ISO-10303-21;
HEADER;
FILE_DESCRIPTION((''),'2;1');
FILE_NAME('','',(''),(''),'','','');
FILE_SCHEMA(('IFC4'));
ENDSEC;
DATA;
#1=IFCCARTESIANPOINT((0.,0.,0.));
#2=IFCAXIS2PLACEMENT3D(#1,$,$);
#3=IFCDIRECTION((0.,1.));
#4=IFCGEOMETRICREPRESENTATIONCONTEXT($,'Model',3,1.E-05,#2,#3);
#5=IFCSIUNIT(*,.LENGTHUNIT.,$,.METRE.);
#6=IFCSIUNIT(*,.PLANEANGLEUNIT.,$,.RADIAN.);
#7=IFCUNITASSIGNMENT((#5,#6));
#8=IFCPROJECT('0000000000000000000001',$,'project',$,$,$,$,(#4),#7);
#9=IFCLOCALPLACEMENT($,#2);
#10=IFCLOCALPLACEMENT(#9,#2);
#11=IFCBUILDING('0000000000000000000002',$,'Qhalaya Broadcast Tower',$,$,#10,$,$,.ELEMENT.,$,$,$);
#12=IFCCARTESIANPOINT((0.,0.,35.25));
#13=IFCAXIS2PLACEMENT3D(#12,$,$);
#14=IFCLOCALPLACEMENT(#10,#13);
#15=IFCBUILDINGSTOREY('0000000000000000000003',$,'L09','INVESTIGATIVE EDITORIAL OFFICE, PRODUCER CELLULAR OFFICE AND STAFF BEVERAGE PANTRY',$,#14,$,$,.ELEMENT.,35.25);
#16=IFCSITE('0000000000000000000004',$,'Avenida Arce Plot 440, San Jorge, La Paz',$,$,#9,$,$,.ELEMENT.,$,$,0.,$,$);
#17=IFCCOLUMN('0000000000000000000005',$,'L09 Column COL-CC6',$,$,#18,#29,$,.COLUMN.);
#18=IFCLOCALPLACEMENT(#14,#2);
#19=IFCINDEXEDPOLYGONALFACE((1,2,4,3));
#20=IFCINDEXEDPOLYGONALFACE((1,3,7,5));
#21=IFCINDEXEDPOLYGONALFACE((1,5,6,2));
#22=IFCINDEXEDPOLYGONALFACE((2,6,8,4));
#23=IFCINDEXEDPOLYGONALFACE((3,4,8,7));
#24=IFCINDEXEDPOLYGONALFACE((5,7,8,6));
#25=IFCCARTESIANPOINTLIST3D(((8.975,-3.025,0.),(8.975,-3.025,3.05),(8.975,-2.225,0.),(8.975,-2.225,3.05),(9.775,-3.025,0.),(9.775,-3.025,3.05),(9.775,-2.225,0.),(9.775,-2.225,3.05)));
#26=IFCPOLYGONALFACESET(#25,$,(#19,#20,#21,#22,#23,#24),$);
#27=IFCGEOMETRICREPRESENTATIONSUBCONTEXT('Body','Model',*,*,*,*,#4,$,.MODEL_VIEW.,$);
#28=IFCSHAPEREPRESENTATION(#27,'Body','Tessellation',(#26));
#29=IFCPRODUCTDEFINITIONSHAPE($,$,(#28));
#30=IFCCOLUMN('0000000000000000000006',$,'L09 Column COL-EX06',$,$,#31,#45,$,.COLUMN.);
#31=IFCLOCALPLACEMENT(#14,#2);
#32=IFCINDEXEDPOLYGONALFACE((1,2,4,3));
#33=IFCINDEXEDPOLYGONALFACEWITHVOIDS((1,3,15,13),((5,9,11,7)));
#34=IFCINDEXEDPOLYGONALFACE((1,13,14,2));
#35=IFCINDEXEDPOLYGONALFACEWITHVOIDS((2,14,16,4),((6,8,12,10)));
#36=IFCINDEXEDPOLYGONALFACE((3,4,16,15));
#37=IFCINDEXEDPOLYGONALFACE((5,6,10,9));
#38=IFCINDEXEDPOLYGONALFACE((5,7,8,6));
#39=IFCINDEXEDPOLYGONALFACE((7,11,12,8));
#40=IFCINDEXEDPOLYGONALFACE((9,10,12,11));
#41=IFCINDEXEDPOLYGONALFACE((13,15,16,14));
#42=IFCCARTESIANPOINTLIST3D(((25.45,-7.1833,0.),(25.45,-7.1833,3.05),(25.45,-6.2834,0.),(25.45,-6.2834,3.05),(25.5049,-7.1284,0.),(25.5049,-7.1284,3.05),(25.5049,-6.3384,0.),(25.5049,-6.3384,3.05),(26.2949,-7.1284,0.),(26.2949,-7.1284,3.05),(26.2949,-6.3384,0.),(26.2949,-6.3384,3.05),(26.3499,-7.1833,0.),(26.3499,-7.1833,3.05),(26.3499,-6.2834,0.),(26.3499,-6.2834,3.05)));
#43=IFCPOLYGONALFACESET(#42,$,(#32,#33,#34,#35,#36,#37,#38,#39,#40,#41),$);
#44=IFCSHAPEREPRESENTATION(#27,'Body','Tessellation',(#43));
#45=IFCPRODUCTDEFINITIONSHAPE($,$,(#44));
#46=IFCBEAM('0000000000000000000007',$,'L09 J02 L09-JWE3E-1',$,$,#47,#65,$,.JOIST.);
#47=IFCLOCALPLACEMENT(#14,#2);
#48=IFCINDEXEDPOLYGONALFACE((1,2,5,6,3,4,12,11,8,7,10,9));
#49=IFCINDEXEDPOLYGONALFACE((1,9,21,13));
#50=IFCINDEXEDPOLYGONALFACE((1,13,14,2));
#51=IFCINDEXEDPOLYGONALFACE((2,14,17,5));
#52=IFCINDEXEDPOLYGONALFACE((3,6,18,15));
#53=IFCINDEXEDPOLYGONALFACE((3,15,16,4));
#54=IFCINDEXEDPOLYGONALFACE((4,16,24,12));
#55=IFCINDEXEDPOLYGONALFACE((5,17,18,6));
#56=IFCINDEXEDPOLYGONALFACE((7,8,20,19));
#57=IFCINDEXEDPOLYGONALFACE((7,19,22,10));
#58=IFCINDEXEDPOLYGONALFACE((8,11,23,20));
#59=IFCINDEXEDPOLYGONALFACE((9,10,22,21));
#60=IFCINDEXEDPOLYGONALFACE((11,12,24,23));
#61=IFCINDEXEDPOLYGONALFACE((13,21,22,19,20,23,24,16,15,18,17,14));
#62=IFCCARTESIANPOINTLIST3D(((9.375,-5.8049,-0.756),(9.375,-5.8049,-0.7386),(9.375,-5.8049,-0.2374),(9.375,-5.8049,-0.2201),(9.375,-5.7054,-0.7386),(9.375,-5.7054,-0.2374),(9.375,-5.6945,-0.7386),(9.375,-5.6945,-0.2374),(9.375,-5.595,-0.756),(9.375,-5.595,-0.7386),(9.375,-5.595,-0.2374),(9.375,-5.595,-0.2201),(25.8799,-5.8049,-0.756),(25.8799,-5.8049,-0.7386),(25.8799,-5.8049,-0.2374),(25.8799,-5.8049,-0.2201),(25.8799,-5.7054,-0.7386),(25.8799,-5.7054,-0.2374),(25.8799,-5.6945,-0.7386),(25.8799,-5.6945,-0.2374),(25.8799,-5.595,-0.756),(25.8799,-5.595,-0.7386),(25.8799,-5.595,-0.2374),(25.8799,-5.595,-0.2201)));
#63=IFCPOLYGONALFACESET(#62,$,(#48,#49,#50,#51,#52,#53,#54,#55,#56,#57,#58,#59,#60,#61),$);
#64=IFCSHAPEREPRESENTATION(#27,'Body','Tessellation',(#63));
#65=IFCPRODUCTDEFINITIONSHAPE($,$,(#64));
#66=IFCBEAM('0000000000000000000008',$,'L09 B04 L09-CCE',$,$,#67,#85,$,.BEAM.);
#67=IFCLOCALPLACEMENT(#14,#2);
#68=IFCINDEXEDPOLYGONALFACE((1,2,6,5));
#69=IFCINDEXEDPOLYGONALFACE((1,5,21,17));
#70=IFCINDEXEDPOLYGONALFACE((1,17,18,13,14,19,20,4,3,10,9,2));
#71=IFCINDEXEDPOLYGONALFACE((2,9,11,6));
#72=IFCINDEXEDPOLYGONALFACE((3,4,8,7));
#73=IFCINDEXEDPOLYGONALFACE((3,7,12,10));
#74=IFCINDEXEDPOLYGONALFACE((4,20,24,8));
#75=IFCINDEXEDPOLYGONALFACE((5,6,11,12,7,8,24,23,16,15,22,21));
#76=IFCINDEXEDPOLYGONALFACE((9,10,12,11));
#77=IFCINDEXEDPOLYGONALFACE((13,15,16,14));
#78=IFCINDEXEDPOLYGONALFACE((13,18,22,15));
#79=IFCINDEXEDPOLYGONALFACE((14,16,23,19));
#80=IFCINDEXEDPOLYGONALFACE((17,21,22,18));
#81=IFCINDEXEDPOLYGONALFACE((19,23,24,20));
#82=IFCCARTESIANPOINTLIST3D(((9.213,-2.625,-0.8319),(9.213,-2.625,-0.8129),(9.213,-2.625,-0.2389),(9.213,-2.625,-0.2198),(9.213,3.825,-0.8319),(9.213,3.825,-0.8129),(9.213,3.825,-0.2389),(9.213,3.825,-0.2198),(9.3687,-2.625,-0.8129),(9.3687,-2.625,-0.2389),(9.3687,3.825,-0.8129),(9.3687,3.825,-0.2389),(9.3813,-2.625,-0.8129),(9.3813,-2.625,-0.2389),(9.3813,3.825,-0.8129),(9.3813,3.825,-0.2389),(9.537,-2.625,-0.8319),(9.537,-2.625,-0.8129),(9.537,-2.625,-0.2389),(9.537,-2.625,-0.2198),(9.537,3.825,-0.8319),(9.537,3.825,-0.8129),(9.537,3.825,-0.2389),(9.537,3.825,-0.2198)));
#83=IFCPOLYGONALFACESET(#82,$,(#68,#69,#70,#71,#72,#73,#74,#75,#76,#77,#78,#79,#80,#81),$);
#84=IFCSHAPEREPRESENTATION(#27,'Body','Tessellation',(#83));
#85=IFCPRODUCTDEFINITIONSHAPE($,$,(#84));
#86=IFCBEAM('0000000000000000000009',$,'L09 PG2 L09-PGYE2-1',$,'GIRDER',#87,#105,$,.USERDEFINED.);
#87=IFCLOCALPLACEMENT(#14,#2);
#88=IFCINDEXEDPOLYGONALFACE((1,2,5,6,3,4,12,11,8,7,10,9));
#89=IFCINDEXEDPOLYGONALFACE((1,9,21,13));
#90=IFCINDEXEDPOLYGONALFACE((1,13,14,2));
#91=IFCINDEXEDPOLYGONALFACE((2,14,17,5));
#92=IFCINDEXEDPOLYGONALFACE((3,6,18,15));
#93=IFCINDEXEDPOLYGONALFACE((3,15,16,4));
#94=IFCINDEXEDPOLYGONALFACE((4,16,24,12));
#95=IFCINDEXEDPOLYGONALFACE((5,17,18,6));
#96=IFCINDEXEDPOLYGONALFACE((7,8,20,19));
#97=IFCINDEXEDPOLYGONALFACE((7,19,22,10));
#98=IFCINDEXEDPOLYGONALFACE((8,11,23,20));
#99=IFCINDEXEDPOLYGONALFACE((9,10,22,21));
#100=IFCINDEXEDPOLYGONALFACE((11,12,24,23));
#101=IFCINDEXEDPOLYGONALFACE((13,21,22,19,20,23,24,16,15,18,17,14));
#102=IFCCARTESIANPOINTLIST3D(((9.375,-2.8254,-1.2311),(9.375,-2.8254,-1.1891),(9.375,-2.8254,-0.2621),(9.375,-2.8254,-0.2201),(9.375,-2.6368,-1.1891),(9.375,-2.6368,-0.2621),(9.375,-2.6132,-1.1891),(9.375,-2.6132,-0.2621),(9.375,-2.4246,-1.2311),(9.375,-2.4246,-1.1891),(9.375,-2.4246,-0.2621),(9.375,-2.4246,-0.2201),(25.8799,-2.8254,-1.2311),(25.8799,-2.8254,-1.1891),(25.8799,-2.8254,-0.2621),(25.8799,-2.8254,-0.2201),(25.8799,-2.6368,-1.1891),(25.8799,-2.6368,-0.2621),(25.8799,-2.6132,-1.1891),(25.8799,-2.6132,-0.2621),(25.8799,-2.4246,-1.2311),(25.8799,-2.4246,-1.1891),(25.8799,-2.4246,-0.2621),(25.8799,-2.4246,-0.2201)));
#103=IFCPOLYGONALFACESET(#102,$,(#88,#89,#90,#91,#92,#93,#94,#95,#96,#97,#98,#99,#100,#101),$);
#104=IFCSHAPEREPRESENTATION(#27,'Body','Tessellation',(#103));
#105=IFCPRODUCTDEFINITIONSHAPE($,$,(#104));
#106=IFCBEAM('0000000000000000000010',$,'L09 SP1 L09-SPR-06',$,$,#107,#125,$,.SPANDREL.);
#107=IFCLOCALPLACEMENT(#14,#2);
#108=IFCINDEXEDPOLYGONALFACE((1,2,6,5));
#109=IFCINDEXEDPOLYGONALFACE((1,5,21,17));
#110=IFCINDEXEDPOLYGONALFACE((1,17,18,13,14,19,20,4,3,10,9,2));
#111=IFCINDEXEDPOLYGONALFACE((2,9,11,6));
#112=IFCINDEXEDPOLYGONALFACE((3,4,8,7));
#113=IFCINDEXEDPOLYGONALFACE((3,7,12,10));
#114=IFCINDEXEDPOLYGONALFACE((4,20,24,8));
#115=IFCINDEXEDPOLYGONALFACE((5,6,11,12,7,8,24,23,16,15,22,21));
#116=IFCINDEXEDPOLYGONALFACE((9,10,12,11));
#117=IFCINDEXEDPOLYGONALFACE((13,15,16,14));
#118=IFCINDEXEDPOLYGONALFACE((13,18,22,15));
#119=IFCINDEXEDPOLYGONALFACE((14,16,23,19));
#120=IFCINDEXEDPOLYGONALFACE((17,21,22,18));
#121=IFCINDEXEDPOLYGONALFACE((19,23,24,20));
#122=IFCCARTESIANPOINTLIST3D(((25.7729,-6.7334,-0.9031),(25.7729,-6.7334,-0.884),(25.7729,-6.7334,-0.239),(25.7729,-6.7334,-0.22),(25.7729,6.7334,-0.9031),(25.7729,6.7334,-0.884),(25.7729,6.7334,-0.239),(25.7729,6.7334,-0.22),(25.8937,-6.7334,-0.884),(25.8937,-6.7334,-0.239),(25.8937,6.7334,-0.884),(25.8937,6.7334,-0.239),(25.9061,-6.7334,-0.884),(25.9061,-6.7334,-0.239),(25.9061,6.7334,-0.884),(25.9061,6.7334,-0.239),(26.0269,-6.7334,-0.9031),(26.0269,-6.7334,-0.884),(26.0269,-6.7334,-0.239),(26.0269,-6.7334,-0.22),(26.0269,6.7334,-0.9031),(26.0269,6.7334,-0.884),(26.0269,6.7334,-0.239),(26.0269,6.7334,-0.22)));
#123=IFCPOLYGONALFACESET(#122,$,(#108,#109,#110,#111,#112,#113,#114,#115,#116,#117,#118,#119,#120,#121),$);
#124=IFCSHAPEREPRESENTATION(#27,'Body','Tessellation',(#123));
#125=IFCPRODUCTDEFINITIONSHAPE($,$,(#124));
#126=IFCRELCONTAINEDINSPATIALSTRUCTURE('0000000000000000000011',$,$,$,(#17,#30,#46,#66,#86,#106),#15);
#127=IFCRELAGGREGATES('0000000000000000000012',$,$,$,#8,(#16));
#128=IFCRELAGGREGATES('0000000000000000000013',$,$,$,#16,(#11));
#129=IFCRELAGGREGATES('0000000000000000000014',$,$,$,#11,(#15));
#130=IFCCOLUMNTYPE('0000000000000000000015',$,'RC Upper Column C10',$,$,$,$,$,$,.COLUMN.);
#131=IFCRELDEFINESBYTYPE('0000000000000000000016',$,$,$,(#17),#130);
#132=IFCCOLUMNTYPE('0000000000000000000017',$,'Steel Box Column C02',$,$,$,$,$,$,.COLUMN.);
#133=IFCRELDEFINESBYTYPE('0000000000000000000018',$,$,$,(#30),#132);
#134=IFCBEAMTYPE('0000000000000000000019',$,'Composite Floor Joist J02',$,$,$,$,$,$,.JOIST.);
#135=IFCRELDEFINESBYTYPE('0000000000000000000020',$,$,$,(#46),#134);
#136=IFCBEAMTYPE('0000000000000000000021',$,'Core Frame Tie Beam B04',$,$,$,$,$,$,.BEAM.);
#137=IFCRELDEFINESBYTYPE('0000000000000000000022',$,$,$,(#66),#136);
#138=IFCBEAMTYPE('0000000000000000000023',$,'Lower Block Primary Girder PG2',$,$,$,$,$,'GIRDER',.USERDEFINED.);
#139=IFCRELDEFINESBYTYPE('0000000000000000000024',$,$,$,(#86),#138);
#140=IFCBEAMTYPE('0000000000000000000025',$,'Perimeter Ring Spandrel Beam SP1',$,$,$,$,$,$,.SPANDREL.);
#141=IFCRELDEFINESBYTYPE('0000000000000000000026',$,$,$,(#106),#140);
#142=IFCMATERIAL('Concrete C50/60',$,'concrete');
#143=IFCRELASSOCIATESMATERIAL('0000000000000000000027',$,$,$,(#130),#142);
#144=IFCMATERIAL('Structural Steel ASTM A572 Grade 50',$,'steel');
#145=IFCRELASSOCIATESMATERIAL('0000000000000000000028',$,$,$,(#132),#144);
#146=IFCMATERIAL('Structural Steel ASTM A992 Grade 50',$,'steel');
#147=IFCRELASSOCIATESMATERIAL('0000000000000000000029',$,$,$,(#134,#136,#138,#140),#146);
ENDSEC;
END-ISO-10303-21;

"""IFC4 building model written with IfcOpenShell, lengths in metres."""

from ifc_helpers import new_model, si_unit, direction, frame, origin, origin_2d, place, context, subcontext, project, spatial, rectangle, hollow_rectangle, i_section, extrude, material, material_profile, profile_set, type_object, element, save


model = new_model("IFC4")

# Units and contexts
model_context = context("Model", 3, precision=1e-05, world=origin(), true_north=direction((0.0, 1.0)))
body_context = subcontext(model_context, "Body", "Model", "MODEL_VIEW")
ifc_project = project(units=[si_unit("LENGTHUNIT", "METRE"), si_unit("PLANEANGLEUNIT", "RADIAN")], contexts=[model_context])

# Site, building, storey
site_placement = place(None, origin())
site = spatial("IfcSite", under=ifc_project, at=site_placement, Name="Avenida Arce Plot 440, San Jorge, La Paz", CompositionType="ELEMENT", RefElevation=0.0)
building_placement = place(site_placement, origin())
building = spatial("IfcBuilding", under=site, at=building_placement, Name="Qhalaya Broadcast Tower", CompositionType="ELEMENT")
storey_placement = place(building_placement, frame((0.0, 0.0, 35.25)))
storey = spatial("IfcBuildingStorey", under=building, at=storey_placement, Name="L09", Description="INVESTIGATIVE EDITORIAL OFFICE, PRODUCER CELLULAR OFFICE AND STAFF BEVERAGE PANTRY", CompositionType="ELEMENT", Elevation=35.25)

# Columns
ifc_material_1 = material(Name="Concrete C50/60", Category="concrete")
ifc_material_profile_1 = material_profile(ifc_material_1, rectangle(XDim=0.8, YDim=0.8, at=origin_2d()), Name="RC-COL 800x800")
ifc_profile_set_1 = profile_set([ifc_material_profile_1], Name="Concrete C50/60")
column_type_1 = type_object("IfcColumnType", Name="RC Upper Column C10", PredefinedType="COLUMN", material=ifc_profile_set_1)
column_1_placement = place(storey_placement, frame((9.375, -2.625, 0.0), z_axis=(0.0, 0.0, 1.0), x_axis=(1.0, 0.0, 0.0)))
element("IfcColumn", 1, at=column_1_placement, inside=storey, type_object=column_type_1, Name="L09 Column COL-CC6", PredefinedType="COLUMN", context=body_context, shape_type="SweptSolid", body=[
    extrude(rectangle(XDim=0.8, YDim=0.8, at=origin_2d()), origin(), (0.0, 0.0, 1.0), 3.05),
])
ifc_material_2 = material(Name="Structural Steel ASTM A572 Grade 50", Category="steel")
ifc_material_profile_2 = material_profile(ifc_material_2, hollow_rectangle(XDim=0.8999, YDim=0.8999, WallThickness=0.0549, at=origin_2d()), Name="BOX 900x900x55")
ifc_profile_set_2 = profile_set([ifc_material_profile_2], Name="Structural Steel ASTM A572 Grade 50")
column_type_2 = type_object("IfcColumnType", Name="Steel Box Column C02", PredefinedType="COLUMN", material=ifc_profile_set_2)
column_2_placement = place(storey_placement, frame((25.8999, -6.7334, 0.0), z_axis=(0.0, 0.0, 1.0), x_axis=(0.0, 1.0, 0.0)))
element("IfcColumn", 2, at=column_2_placement, inside=storey, type_object=column_type_2, Name="L09 Column COL-EX06", PredefinedType="COLUMN", context=body_context, shape_type="SweptSolid", body=[
    extrude(hollow_rectangle(XDim=0.8999, YDim=0.8999, WallThickness=0.0549, at=origin_2d()), origin(), (0.0, 0.0, 1.0), 3.05),
])

# Beams
ifc_material_3 = material(Name="Structural Steel ASTM A992 Grade 50", Category="steel")
ifc_material_profile_3 = material_profile(ifc_material_3, i_section(OverallWidth=0.21, OverallDepth=0.5359, WebThickness=0.011, FlangeThickness=0.0173, at=origin_2d()), Name="W21X68")
ifc_profile_set_3 = profile_set([ifc_material_profile_3], Name="Structural Steel ASTM A992 Grade 50")
beam_type_1 = type_object("IfcBeamType", Name="Composite Floor Joist J02", PredefinedType="JOIST", material=ifc_profile_set_3)
beam_1_placement = place(storey_placement, frame((9.375, -5.7, -0.488), z_axis=(1.0, 0.0, 0.0), x_axis=(0.0, 1.0, 0.0)))
element("IfcBeam", 3, at=beam_1_placement, inside=storey, type_object=beam_type_1, Name="L09 J02 L09-JWE3E-1", PredefinedType="JOIST", context=body_context, shape_type="SweptSolid", body=[
    extrude(i_section(OverallWidth=0.21, OverallDepth=0.5359, WebThickness=0.011, FlangeThickness=0.0173, at=origin_2d()), origin(), (0.0, 0.0, 1.0), 16.5049),
])
ifc_material_profile_4 = material_profile(ifc_material_3, i_section(OverallWidth=0.324, OverallDepth=0.6121, WebThickness=0.0127, FlangeThickness=0.019, at=origin_2d()), Name="W24X104")
ifc_profile_set_4 = profile_set([ifc_material_profile_4], Name="Structural Steel ASTM A992 Grade 50")
beam_type_2 = type_object("IfcBeamType", Name="Core Frame Tie Beam B04", PredefinedType="BEAM", material=ifc_profile_set_4)
beam_2_placement = place(storey_placement, frame((9.375, -2.625, -0.5259), z_axis=(0.0, 1.0, 0.0), x_axis=(-1.0, 0.0, 0.0)))
element("IfcBeam", 4, at=beam_2_placement, inside=storey, type_object=beam_type_2, Name="L09 B04 L09-CCE", PredefinedType="BEAM", context=body_context, shape_type="SweptSolid", body=[
    extrude(i_section(OverallWidth=0.324, OverallDepth=0.6121, WebThickness=0.0127, FlangeThickness=0.019, at=origin_2d()), origin(), (0.0, 0.0, 1.0), 6.45),
])
ifc_material_profile_5 = material_profile(ifc_material_3, i_section(OverallWidth=0.4009, OverallDepth=1.011, WebThickness=0.0237, FlangeThickness=0.042, at=origin_2d()), Name="W40X297")
ifc_profile_set_5 = profile_set([ifc_material_profile_5], Name="Structural Steel ASTM A992 Grade 50")
beam_type_3 = type_object("IfcBeamType", Name="Lower Block Primary Girder PG2", ElementType="GIRDER", PredefinedType="USERDEFINED", material=ifc_profile_set_5)
beam_3_placement = place(storey_placement, frame((9.375, -2.625, -0.7256), z_axis=(1.0, 0.0, 0.0), x_axis=(0.0, 1.0, 0.0)))
element("IfcBeam", 5, at=beam_3_placement, inside=storey, type_object=beam_type_3, Name="L09 PG2 L09-PGYE2-1", ObjectType="GIRDER", PredefinedType="USERDEFINED", context=body_context, shape_type="SweptSolid", body=[
    extrude(i_section(OverallWidth=0.4009, OverallDepth=1.011, WebThickness=0.0237, FlangeThickness=0.042, at=origin_2d()), origin(), (0.0, 0.0, 1.0), 16.5049),
])
ifc_material_profile_6 = material_profile(ifc_material_3, i_section(OverallWidth=0.2539, OverallDepth=0.6831, WebThickness=0.0125, FlangeThickness=0.019, at=origin_2d()), Name="W27X94")
ifc_profile_set_6 = profile_set([ifc_material_profile_6], Name="Structural Steel ASTM A992 Grade 50")
beam_type_4 = type_object("IfcBeamType", Name="Perimeter Ring Spandrel Beam SP1", PredefinedType="SPANDREL", material=ifc_profile_set_6)
beam_4_placement = place(storey_placement, frame((25.8999, -6.7334, -0.5615), z_axis=(0.0, 1.0, 0.0), x_axis=(-1.0, 0.0, 0.0)))
element("IfcBeam", 6, at=beam_4_placement, inside=storey, type_object=beam_type_4, Name="L09 SP1 L09-SPR-06", PredefinedType="SPANDREL", context=body_context, shape_type="SweptSolid", body=[
    extrude(i_section(OverallWidth=0.2539, OverallDepth=0.6831, WebThickness=0.0125, FlangeThickness=0.019, at=origin_2d()), origin(), (0.0, 0.0, 1.0), 13.4668),
])

save(model, "model.ifc")
